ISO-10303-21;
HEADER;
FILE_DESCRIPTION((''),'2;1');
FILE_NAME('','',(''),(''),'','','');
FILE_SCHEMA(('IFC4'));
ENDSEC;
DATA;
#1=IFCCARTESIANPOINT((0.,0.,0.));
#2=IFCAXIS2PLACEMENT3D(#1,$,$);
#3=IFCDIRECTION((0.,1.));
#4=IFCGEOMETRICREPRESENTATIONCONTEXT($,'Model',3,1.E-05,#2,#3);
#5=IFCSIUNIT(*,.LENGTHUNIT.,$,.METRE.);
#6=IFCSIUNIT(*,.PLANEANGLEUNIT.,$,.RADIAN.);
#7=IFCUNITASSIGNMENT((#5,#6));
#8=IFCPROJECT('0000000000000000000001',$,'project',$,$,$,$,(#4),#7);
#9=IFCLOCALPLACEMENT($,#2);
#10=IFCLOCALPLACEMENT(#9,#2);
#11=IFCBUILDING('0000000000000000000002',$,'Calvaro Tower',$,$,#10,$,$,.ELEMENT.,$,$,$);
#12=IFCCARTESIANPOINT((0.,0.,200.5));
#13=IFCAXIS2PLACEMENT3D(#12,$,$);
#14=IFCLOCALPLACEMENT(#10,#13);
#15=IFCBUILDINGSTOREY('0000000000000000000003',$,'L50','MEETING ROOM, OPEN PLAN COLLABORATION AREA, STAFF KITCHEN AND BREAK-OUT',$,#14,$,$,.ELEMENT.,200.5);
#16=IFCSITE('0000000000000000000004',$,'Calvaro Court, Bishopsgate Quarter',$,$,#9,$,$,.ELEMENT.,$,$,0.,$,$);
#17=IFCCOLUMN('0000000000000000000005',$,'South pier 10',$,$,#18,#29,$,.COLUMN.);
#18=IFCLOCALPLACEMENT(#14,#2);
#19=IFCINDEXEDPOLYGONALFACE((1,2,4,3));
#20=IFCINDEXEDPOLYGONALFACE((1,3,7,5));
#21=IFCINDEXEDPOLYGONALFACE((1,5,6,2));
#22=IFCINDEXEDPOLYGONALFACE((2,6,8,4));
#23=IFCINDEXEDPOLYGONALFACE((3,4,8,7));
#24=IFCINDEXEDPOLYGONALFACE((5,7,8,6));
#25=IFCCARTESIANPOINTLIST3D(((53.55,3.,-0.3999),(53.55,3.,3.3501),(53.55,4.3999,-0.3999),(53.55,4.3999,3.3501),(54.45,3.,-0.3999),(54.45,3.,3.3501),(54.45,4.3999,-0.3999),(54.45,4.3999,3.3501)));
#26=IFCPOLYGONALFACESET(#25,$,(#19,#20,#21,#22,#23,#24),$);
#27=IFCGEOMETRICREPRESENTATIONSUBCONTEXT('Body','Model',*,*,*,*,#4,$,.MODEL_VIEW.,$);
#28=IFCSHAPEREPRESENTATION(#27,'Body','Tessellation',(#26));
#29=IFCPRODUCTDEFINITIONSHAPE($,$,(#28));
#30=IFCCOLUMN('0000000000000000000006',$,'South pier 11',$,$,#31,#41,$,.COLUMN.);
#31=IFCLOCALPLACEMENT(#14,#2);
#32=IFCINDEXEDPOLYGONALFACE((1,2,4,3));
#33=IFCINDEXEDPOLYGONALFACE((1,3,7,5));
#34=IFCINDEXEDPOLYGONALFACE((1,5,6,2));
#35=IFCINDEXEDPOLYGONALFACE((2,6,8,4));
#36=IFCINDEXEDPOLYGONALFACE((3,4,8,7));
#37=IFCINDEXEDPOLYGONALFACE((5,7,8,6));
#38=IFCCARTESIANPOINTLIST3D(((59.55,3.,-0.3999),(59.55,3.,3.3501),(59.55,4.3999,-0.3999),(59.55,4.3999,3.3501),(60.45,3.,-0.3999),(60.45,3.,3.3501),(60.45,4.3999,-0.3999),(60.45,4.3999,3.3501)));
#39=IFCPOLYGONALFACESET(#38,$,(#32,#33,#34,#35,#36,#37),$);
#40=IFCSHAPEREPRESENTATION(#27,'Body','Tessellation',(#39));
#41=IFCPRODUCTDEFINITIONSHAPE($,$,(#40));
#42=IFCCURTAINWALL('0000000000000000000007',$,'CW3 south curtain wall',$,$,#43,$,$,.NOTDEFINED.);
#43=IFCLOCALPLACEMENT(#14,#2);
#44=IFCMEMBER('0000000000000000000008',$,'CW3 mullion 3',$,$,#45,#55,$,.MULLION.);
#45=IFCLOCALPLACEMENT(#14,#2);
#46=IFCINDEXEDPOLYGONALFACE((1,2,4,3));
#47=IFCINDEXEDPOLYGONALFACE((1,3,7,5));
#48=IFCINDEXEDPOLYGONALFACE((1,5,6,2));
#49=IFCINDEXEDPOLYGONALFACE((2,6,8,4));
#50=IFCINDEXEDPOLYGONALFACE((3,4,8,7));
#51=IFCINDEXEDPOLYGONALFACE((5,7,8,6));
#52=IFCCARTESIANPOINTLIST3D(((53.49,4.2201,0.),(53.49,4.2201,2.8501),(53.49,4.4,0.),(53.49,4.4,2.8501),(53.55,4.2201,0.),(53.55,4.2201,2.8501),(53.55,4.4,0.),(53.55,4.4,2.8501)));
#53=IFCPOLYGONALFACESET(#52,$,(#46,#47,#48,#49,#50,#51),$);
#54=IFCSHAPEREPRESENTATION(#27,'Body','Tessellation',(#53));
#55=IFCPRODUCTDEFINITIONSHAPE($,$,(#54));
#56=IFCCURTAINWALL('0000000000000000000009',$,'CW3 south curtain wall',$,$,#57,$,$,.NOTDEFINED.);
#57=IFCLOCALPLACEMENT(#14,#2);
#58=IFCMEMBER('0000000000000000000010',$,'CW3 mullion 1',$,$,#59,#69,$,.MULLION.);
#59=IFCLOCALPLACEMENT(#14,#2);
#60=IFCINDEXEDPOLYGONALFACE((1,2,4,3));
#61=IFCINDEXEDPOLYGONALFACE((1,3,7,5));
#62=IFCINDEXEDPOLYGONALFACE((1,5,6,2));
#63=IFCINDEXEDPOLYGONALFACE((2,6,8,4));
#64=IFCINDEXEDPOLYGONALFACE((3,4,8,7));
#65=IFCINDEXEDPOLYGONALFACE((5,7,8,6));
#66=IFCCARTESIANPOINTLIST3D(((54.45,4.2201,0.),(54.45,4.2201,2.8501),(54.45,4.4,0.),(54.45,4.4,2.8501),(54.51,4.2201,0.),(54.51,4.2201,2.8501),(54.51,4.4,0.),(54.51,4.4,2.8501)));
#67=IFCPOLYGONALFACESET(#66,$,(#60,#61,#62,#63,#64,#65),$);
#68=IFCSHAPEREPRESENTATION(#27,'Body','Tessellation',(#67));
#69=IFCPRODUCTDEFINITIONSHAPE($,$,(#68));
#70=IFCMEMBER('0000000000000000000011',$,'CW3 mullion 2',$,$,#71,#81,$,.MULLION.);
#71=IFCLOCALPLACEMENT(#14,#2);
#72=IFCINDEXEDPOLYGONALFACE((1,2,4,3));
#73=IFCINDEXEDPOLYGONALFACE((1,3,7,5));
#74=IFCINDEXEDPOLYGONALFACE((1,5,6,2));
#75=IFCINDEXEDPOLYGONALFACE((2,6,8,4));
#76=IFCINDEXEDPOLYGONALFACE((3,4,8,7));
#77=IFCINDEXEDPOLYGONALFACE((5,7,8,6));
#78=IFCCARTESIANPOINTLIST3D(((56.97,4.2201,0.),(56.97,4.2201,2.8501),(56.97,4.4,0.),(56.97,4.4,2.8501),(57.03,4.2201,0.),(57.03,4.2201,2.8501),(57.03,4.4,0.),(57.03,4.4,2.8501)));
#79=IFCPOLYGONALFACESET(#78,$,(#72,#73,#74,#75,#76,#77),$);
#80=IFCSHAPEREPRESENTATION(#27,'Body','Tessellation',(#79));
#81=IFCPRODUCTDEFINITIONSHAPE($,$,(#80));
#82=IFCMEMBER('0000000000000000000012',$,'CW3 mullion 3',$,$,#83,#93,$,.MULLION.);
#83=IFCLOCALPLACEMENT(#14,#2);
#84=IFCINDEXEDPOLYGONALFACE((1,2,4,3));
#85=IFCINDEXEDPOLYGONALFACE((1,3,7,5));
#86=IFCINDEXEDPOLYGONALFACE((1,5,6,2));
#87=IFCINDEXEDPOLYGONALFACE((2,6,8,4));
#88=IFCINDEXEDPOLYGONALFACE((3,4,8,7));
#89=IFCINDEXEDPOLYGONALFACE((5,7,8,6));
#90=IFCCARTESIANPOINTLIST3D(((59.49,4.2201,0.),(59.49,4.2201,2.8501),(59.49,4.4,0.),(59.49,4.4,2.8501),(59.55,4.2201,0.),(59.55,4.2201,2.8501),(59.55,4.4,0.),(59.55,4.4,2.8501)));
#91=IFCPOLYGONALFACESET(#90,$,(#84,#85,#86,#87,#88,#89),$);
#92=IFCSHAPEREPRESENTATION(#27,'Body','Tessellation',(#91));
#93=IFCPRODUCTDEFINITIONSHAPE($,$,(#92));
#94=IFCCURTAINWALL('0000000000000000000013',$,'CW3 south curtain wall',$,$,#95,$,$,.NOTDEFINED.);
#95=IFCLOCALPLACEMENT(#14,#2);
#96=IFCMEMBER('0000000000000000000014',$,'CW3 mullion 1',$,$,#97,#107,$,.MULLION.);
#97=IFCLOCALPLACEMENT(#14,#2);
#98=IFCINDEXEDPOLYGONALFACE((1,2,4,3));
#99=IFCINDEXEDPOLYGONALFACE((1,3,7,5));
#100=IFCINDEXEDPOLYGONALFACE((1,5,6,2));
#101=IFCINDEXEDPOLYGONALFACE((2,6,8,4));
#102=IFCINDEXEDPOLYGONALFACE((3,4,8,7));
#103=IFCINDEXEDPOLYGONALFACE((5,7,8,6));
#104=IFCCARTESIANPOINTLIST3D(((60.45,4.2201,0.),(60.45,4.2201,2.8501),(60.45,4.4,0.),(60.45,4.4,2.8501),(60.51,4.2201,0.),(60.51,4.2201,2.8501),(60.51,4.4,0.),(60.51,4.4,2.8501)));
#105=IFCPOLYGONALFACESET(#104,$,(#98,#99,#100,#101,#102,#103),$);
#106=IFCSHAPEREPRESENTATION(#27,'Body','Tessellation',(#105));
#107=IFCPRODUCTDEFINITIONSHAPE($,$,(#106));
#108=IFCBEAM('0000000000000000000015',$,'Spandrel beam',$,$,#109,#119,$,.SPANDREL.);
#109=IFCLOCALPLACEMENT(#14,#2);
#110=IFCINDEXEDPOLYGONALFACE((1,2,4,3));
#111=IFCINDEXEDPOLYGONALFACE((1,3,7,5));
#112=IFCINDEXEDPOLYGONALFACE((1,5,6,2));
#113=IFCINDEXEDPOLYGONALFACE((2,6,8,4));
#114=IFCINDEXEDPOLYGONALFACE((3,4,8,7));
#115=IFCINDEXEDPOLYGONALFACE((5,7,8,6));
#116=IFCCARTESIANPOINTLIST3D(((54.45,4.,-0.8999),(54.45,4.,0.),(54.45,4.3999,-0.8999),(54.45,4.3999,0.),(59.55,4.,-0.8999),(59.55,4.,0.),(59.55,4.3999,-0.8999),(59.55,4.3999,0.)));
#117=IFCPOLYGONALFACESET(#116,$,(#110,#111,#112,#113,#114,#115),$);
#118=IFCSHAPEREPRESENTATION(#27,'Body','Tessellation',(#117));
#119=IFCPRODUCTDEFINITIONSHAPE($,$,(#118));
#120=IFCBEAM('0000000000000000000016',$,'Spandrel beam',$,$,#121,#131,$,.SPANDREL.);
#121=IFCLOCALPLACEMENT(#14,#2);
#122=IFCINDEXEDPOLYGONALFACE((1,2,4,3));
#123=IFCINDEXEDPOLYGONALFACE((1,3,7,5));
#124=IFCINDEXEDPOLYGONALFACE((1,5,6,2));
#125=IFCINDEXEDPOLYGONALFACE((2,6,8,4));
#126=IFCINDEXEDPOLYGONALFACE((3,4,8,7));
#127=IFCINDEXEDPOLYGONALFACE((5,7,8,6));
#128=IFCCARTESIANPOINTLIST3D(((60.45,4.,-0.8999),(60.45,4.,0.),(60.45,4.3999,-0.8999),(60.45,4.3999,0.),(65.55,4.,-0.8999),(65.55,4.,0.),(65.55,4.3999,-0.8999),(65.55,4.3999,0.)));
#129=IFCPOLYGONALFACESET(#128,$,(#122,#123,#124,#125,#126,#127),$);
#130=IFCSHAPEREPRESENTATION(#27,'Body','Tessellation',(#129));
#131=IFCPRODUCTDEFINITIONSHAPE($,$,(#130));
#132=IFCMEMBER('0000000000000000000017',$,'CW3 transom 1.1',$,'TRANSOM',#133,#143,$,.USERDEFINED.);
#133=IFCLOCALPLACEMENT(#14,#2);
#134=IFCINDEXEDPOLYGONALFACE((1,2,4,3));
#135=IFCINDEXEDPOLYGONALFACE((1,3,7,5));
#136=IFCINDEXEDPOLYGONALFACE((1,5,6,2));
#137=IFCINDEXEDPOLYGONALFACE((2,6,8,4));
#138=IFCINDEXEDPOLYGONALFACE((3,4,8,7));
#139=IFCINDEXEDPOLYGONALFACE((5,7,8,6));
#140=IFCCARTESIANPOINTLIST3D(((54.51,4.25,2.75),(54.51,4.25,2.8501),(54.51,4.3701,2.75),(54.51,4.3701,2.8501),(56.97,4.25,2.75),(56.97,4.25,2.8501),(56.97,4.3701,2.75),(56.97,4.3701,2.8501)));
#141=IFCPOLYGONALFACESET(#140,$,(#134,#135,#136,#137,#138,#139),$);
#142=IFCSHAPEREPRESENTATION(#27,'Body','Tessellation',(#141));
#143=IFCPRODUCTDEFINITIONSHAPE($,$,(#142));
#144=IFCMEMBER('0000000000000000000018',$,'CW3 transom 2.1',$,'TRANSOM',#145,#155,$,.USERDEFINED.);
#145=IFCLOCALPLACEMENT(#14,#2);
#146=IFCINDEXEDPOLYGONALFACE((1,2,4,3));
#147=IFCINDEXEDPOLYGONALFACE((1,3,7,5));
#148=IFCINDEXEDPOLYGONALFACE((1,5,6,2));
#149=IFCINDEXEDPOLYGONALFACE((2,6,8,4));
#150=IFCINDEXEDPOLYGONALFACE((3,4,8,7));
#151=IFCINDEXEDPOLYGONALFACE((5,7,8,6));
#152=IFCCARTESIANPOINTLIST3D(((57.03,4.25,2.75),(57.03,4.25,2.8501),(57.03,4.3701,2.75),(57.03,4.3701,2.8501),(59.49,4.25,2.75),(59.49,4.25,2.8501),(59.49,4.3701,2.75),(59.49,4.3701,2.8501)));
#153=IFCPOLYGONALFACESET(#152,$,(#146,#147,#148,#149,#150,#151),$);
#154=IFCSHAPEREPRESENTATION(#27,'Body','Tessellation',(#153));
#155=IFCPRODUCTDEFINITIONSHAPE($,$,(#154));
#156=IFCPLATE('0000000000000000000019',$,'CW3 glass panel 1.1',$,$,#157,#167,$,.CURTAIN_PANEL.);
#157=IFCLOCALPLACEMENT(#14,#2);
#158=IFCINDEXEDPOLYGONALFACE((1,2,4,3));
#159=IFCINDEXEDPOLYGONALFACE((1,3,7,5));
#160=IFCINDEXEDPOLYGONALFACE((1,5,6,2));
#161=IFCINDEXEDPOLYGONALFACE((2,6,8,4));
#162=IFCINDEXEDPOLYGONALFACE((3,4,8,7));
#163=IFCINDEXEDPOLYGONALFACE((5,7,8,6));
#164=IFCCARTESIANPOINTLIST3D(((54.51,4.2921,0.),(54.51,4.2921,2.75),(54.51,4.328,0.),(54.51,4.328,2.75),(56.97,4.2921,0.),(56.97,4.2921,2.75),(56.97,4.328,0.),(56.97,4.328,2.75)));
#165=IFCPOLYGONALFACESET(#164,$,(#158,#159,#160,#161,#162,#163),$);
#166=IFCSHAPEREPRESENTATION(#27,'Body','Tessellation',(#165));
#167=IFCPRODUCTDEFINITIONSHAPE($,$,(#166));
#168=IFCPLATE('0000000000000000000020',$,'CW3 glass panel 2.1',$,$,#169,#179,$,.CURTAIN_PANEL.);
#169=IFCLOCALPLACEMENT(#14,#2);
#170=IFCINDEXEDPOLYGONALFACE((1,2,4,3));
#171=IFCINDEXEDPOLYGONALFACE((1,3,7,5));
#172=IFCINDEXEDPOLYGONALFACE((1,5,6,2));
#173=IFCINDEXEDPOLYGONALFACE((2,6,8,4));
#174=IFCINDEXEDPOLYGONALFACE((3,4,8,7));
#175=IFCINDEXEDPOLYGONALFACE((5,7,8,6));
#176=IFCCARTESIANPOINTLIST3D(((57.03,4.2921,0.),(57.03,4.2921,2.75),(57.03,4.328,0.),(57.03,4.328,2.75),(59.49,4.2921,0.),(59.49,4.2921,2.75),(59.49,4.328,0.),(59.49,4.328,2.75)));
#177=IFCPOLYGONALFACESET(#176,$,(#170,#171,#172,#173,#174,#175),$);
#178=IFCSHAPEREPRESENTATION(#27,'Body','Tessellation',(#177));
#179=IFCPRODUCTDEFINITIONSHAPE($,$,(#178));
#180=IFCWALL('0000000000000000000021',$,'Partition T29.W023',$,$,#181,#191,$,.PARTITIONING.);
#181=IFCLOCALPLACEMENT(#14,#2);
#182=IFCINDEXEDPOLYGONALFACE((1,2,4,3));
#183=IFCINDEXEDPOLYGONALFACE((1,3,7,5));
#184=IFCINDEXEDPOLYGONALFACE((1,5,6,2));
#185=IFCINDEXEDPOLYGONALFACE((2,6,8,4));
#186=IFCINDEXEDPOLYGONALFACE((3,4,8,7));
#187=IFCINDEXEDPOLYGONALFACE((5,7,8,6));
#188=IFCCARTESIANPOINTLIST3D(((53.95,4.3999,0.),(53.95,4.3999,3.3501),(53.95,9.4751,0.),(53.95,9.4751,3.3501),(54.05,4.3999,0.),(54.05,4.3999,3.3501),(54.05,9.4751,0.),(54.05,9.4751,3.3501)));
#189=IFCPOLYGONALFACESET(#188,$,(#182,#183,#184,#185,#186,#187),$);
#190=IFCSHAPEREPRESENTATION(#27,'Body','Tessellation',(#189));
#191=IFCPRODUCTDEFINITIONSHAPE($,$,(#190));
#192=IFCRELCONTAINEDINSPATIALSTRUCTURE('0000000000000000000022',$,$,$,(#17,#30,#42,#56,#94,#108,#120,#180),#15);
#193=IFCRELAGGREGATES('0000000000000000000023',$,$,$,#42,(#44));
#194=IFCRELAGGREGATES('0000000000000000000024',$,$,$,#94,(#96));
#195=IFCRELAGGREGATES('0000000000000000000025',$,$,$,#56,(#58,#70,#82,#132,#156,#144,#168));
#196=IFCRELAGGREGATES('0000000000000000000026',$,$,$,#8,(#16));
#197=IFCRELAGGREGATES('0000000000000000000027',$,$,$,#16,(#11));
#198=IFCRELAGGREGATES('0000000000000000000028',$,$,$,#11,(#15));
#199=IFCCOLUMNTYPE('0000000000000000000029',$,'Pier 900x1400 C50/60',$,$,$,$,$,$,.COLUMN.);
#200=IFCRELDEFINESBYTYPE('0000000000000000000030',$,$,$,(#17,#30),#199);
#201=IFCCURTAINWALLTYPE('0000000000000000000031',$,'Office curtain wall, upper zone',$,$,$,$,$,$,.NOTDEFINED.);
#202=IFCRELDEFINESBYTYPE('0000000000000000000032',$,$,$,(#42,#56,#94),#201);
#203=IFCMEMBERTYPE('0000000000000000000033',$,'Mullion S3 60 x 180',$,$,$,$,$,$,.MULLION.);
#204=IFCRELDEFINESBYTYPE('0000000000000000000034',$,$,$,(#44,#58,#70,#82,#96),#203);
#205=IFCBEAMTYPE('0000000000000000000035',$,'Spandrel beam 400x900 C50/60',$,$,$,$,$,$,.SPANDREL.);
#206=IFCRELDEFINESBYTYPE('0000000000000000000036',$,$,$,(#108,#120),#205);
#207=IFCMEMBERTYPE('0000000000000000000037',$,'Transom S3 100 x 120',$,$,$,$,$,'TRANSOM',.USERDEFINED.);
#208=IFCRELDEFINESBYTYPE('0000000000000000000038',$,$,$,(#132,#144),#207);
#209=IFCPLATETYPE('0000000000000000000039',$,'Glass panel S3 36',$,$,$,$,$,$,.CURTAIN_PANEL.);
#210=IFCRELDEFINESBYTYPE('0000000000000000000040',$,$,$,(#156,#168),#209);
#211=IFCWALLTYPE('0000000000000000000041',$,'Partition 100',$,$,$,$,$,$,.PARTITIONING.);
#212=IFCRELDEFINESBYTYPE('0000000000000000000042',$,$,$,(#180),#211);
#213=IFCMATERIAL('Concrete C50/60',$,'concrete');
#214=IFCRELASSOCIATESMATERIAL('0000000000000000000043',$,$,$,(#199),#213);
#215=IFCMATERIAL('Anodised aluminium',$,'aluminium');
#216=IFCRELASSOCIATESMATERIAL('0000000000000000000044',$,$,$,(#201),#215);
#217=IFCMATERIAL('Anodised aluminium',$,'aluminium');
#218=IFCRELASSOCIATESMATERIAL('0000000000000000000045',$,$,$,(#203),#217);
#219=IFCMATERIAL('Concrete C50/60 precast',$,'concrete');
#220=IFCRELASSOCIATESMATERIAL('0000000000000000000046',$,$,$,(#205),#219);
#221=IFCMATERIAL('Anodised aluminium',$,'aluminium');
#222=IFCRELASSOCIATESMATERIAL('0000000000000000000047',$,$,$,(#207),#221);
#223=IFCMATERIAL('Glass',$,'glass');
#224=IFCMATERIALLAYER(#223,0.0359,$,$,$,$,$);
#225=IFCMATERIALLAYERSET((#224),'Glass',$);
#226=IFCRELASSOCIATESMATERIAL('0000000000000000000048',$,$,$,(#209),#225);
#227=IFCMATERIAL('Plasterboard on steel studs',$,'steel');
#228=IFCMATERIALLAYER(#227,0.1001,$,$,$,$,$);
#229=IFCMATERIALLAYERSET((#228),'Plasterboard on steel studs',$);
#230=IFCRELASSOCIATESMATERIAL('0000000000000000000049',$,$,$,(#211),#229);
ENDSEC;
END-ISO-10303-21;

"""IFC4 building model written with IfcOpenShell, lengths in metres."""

from ifc_helpers import new_model, si_unit, direction, frame, frame_2d, origin, origin_2d, place, context, subcontext, project, spatial, rectangle, extrude, material, layer, layer_set, material_profile, profile_set, type_object, element, aggregate, save


model = new_model("IFC4")

# Units and contexts
model_context = context("Model", 3, precision=1e-05, world=origin(), true_north=direction((0.0, 1.0)))
body_context = subcontext(model_context, "Body", "Model", "MODEL_VIEW")
ifc_project = project(units=[si_unit("LENGTHUNIT", "METRE"), si_unit("PLANEANGLEUNIT", "RADIAN")], contexts=[model_context])

# Site, building, storey
site_placement = place(None, origin())
site = spatial("IfcSite", under=ifc_project, at=site_placement, Name="Calvaro Court, Bishopsgate Quarter", CompositionType="ELEMENT", RefElevation=0.0)
building_placement = place(site_placement, origin())
building = spatial("IfcBuilding", under=site, at=building_placement, Name="Calvaro Tower", CompositionType="ELEMENT")
storey_placement = place(building_placement, frame((0.0, 0.0, 200.5)))
storey = spatial("IfcBuildingStorey", under=building, at=storey_placement, Name="L50", Description="MEETING ROOM, OPEN PLAN COLLABORATION AREA, STAFF KITCHEN AND BREAK-OUT", CompositionType="ELEMENT", Elevation=200.5)

# Columns
ifc_material_1 = material(Name="Concrete C50/60", Category="concrete")
ifc_material_profile_1 = material_profile(ifc_material_1, rectangle(XDim=0.8999, YDim=1.3999, at=origin_2d()), Name="RC 900x1400")
ifc_profile_set_1 = profile_set([ifc_material_profile_1], Name="Concrete C50/60")
column_type = type_object("IfcColumnType", Name="Pier 900x1400 C50/60", PredefinedType="COLUMN", material=ifc_profile_set_1)
for number, where, z_axis, x_axis, name in (
    (1, (54.0, 3.7, -0.3999), (0.0, 0.0, 1.0), (1.0, 0.0, 0.0), "South pier 10"),
    (2, (60.0, 3.7, -0.3999), (0.0, 0.0, 1.0), (1.0, 0.0, 0.0), "South pier 11"),
):
    element("IfcColumn", number, at=place(storey_placement, frame(where, z_axis=z_axis, x_axis=x_axis)), inside=storey, type_object=column_type, Name=name, PredefinedType="COLUMN", context=body_context, shape_type="SweptSolid", body=[
        extrude(rectangle(XDim=0.8999, YDim=1.3999, at=origin_2d()), origin(), (0.0, 0.0, 1.0), 3.75),
    ])

# Curtain wall, member
ifc_material_2 = material(Name="Anodised aluminium", Category="aluminium")
curtain_wall_type = type_object("IfcCurtainWallType", Name="Office curtain wall, upper zone", PredefinedType="NOTDEFINED", material=ifc_material_2)
curtain_wall_1_placement = place(storey_placement, origin())
curtain_wall_1 = element("IfcCurtainWall", 3, at=curtain_wall_1_placement, inside=storey, type_object=curtain_wall_type, Name="CW3 south curtain wall", PredefinedType="NOTDEFINED")
ifc_material_3 = material(Name="Anodised aluminium", Category="aluminium")
ifc_material_profile_2 = material_profile(ifc_material_3, rectangle(XDim=0.1799, YDim=0.0601, at=origin_2d()), Name="Mullion S3 60 x 180")
ifc_profile_set_2 = profile_set([ifc_material_profile_2], Name="Anodised aluminium")
member_type_1 = type_object("IfcMemberType", Name="Mullion S3 60 x 180", PredefinedType="MULLION", material=ifc_profile_set_2)
member_1_placement = place(storey_placement, frame((53.52, 4.3101, 0.0), z_axis=(0.0, 0.0, 1.0), x_axis=(0.0, 1.0, 0.0)))
member_1 = element("IfcMember", 4, at=member_1_placement, type_object=member_type_1, Name="CW3 mullion 3", PredefinedType="MULLION", context=body_context, shape_type="SweptSolid", body=[
    extrude(rectangle(XDim=0.1799, YDim=0.0601, at=origin_2d()), origin(), (0.0, 0.0, 1.0), 2.8501),
])
aggregate(curtain_wall_1, [member_1])

# Curtain wall, members
curtain_wall_2_placement = place(storey_placement, origin())
curtain_wall_2 = element("IfcCurtainWall", 5, at=curtain_wall_2_placement, inside=storey, type_object=curtain_wall_type, Name="CW3 south curtain wall", PredefinedType="NOTDEFINED")
member_2_placement = place(storey_placement, frame((54.48, 4.3101, 0.0), z_axis=(0.0, 0.0, 1.0), x_axis=(0.0, 1.0, 0.0)))
member_2 = element("IfcMember", 6, at=member_2_placement, type_object=member_type_1, Name="CW3 mullion 1", PredefinedType="MULLION", context=body_context, shape_type="SweptSolid", body=[
    extrude(rectangle(XDim=0.1799, YDim=0.0601, at=origin_2d()), origin(), (0.0, 0.0, 1.0), 2.8501),
])
member_3_placement = place(storey_placement, frame((57.0, 4.3101, 0.0), z_axis=(0.0, 0.0, 1.0), x_axis=(0.0, 1.0, 0.0)))
member_3 = element("IfcMember", 7, at=member_3_placement, type_object=member_type_1, Name="CW3 mullion 2", PredefinedType="MULLION", context=body_context, shape_type="SweptSolid", body=[
    extrude(rectangle(XDim=0.1799, YDim=0.0601, at=origin_2d()), origin(), (0.0, 0.0, 1.0), 2.8501),
])
member_4_placement = place(storey_placement, frame((59.52, 4.3101, 0.0), z_axis=(0.0, 0.0, 1.0), x_axis=(0.0, 1.0, 0.0)))
member_4 = element("IfcMember", 8, at=member_4_placement, type_object=member_type_1, Name="CW3 mullion 3", PredefinedType="MULLION", context=body_context, shape_type="SweptSolid", body=[
    extrude(rectangle(XDim=0.1799, YDim=0.0601, at=origin_2d()), origin(), (0.0, 0.0, 1.0), 2.8501),
])

# Curtain wall, member
curtain_wall_3_placement = place(storey_placement, origin())
curtain_wall_3 = element("IfcCurtainWall", 9, at=curtain_wall_3_placement, inside=storey, type_object=curtain_wall_type, Name="CW3 south curtain wall", PredefinedType="NOTDEFINED")
member_5_placement = place(storey_placement, frame((60.48, 4.3101, 0.0), z_axis=(0.0, 0.0, 1.0), x_axis=(0.0, 1.0, 0.0)))
member_5 = element("IfcMember", 10, at=member_5_placement, type_object=member_type_1, Name="CW3 mullion 1", PredefinedType="MULLION", context=body_context, shape_type="SweptSolid", body=[
    extrude(rectangle(XDim=0.1799, YDim=0.0601, at=origin_2d()), origin(), (0.0, 0.0, 1.0), 2.8501),
])
aggregate(curtain_wall_3, [member_5])

# Beams
ifc_material_4 = material(Name="Concrete C50/60 precast", Category="concrete")
ifc_material_profile_3 = material_profile(ifc_material_4, rectangle(XDim=0.3999, YDim=0.8999, at=origin_2d()), Name="RC 400x900")
ifc_profile_set_3 = profile_set([ifc_material_profile_3], Name="Concrete C50/60 precast")
beam_type = type_object("IfcBeamType", Name="Spandrel beam 400x900 C50/60", PredefinedType="SPANDREL", material=ifc_profile_set_3)
for number, where, z_axis, x_axis, name in (
    (11, (54.45, 4.2, -0.45), (1.0, 0.0, 0.0), (0.0, 1.0, 0.0), "Spandrel beam"),
    (12, (60.45, 4.2, -0.45), (1.0, 0.0, 0.0), (0.0, 1.0, 0.0), "Spandrel beam"),
):
    element("IfcBeam", number, at=place(storey_placement, frame(where, z_axis=z_axis, x_axis=x_axis)), inside=storey, type_object=beam_type, Name=name, PredefinedType="SPANDREL", context=body_context, shape_type="SweptSolid", body=[
        extrude(rectangle(XDim=0.3999, YDim=0.8999, at=origin_2d()), origin(), (0.0, 0.0, 1.0), 5.1001),
    ])

# Members
ifc_material_5 = material(Name="Anodised aluminium", Category="aluminium")
ifc_material_profile_4 = material_profile(ifc_material_5, rectangle(XDim=0.1201, YDim=0.1001, at=origin_2d()), Name="Transom S3 100 x 120")
ifc_profile_set_4 = profile_set([ifc_material_profile_4], Name="Anodised aluminium")
member_type_2 = type_object("IfcMemberType", Name="Transom S3 100 x 120", ElementType="TRANSOM", PredefinedType="USERDEFINED", material=ifc_profile_set_4)
member_6_placement = place(storey_placement, frame((54.51, 4.3101, 2.8), z_axis=(1.0, 0.0, 0.0), x_axis=(0.0, 1.0, 0.0)))
member_6 = element("IfcMember", 13, at=member_6_placement, type_object=member_type_2, Name="CW3 transom 1.1", ObjectType="TRANSOM", PredefinedType="USERDEFINED", context=body_context, shape_type="SweptSolid", body=[
    extrude(rectangle(XDim=0.1201, YDim=0.1001, at=origin_2d()), origin(), (0.0, 0.0, 1.0), 2.46),
])
member_7_placement = place(storey_placement, frame((57.03, 4.3101, 2.8), z_axis=(1.0, 0.0, 0.0), x_axis=(0.0, 1.0, 0.0)))
member_7 = element("IfcMember", 14, at=member_7_placement, type_object=member_type_2, Name="CW3 transom 2.1", ObjectType="TRANSOM", PredefinedType="USERDEFINED", context=body_context, shape_type="SweptSolid", body=[
    extrude(rectangle(XDim=0.1201, YDim=0.1001, at=origin_2d()), origin(), (0.0, 0.0, 1.0), 2.46),
])

# Plates
ifc_material_6 = material(Name="Glass", Category="glass")
ifc_layer_1 = layer(ifc_material_6, 0.0359)
ifc_layer_set_1 = layer_set([ifc_layer_1], Name="Glass")
plate_type = type_object("IfcPlateType", Name="Glass panel S3 36", PredefinedType="CURTAIN_PANEL", material=ifc_layer_set_1)
plate_1_placement = place(storey_placement, frame((55.74, 4.3101, 0.0), z_axis=(0.0, 0.0, 1.0), x_axis=(1.0, 0.0, 0.0)))
plate_1 = element("IfcPlate", 15, at=plate_1_placement, type_object=plate_type, Name="CW3 glass panel 1.1", PredefinedType="CURTAIN_PANEL", context=body_context, shape_type="SweptSolid", body=[
    extrude(rectangle(XDim=2.46, YDim=0.0359, at=origin_2d()), origin(), (0.0, 0.0, 1.0), 2.75),
])
plate_2_placement = place(storey_placement, frame((58.26, 4.3101, 0.0), z_axis=(0.0, 0.0, 1.0), x_axis=(1.0, 0.0, 0.0)))
plate_2 = element("IfcPlate", 16, at=plate_2_placement, type_object=plate_type, Name="CW3 glass panel 2.1", PredefinedType="CURTAIN_PANEL", context=body_context, shape_type="SweptSolid", body=[
    extrude(rectangle(XDim=2.46, YDim=0.0359, at=origin_2d()), origin(), (0.0, 0.0, 1.0), 2.75),
])
aggregate(curtain_wall_2, [member_2, member_3, member_4, member_6, plate_1, member_7, plate_2])

# Wall
ifc_material_7 = material(Name="Plasterboard on steel studs", Category="steel")
ifc_layer_2 = layer(ifc_material_7, 0.1001)
ifc_layer_set_2 = layer_set([ifc_layer_2], Name="Plasterboard on steel studs")
wall_type = type_object("IfcWallType", Name="Partition 100", PredefinedType="PARTITIONING", material=ifc_layer_set_2)
wall_placement = place(storey_placement, frame((54.0, 4.3999, 0.0), z_axis=(0.0, 0.0, 1.0), x_axis=(0.0, 1.0, 0.0)))
element("IfcWall", 17, at=wall_placement, inside=storey, type_object=wall_type, Name="Partition T29.W023", PredefinedType="PARTITIONING", context=body_context, shape_type="SweptSolid", body=[
    extrude(rectangle(XDim=5.0752, YDim=0.1001, at=frame_2d((2.5376, 0.0))), origin(), (0.0, 0.0, 1.0), 3.3501),
])

save(model, "model.ifc")
